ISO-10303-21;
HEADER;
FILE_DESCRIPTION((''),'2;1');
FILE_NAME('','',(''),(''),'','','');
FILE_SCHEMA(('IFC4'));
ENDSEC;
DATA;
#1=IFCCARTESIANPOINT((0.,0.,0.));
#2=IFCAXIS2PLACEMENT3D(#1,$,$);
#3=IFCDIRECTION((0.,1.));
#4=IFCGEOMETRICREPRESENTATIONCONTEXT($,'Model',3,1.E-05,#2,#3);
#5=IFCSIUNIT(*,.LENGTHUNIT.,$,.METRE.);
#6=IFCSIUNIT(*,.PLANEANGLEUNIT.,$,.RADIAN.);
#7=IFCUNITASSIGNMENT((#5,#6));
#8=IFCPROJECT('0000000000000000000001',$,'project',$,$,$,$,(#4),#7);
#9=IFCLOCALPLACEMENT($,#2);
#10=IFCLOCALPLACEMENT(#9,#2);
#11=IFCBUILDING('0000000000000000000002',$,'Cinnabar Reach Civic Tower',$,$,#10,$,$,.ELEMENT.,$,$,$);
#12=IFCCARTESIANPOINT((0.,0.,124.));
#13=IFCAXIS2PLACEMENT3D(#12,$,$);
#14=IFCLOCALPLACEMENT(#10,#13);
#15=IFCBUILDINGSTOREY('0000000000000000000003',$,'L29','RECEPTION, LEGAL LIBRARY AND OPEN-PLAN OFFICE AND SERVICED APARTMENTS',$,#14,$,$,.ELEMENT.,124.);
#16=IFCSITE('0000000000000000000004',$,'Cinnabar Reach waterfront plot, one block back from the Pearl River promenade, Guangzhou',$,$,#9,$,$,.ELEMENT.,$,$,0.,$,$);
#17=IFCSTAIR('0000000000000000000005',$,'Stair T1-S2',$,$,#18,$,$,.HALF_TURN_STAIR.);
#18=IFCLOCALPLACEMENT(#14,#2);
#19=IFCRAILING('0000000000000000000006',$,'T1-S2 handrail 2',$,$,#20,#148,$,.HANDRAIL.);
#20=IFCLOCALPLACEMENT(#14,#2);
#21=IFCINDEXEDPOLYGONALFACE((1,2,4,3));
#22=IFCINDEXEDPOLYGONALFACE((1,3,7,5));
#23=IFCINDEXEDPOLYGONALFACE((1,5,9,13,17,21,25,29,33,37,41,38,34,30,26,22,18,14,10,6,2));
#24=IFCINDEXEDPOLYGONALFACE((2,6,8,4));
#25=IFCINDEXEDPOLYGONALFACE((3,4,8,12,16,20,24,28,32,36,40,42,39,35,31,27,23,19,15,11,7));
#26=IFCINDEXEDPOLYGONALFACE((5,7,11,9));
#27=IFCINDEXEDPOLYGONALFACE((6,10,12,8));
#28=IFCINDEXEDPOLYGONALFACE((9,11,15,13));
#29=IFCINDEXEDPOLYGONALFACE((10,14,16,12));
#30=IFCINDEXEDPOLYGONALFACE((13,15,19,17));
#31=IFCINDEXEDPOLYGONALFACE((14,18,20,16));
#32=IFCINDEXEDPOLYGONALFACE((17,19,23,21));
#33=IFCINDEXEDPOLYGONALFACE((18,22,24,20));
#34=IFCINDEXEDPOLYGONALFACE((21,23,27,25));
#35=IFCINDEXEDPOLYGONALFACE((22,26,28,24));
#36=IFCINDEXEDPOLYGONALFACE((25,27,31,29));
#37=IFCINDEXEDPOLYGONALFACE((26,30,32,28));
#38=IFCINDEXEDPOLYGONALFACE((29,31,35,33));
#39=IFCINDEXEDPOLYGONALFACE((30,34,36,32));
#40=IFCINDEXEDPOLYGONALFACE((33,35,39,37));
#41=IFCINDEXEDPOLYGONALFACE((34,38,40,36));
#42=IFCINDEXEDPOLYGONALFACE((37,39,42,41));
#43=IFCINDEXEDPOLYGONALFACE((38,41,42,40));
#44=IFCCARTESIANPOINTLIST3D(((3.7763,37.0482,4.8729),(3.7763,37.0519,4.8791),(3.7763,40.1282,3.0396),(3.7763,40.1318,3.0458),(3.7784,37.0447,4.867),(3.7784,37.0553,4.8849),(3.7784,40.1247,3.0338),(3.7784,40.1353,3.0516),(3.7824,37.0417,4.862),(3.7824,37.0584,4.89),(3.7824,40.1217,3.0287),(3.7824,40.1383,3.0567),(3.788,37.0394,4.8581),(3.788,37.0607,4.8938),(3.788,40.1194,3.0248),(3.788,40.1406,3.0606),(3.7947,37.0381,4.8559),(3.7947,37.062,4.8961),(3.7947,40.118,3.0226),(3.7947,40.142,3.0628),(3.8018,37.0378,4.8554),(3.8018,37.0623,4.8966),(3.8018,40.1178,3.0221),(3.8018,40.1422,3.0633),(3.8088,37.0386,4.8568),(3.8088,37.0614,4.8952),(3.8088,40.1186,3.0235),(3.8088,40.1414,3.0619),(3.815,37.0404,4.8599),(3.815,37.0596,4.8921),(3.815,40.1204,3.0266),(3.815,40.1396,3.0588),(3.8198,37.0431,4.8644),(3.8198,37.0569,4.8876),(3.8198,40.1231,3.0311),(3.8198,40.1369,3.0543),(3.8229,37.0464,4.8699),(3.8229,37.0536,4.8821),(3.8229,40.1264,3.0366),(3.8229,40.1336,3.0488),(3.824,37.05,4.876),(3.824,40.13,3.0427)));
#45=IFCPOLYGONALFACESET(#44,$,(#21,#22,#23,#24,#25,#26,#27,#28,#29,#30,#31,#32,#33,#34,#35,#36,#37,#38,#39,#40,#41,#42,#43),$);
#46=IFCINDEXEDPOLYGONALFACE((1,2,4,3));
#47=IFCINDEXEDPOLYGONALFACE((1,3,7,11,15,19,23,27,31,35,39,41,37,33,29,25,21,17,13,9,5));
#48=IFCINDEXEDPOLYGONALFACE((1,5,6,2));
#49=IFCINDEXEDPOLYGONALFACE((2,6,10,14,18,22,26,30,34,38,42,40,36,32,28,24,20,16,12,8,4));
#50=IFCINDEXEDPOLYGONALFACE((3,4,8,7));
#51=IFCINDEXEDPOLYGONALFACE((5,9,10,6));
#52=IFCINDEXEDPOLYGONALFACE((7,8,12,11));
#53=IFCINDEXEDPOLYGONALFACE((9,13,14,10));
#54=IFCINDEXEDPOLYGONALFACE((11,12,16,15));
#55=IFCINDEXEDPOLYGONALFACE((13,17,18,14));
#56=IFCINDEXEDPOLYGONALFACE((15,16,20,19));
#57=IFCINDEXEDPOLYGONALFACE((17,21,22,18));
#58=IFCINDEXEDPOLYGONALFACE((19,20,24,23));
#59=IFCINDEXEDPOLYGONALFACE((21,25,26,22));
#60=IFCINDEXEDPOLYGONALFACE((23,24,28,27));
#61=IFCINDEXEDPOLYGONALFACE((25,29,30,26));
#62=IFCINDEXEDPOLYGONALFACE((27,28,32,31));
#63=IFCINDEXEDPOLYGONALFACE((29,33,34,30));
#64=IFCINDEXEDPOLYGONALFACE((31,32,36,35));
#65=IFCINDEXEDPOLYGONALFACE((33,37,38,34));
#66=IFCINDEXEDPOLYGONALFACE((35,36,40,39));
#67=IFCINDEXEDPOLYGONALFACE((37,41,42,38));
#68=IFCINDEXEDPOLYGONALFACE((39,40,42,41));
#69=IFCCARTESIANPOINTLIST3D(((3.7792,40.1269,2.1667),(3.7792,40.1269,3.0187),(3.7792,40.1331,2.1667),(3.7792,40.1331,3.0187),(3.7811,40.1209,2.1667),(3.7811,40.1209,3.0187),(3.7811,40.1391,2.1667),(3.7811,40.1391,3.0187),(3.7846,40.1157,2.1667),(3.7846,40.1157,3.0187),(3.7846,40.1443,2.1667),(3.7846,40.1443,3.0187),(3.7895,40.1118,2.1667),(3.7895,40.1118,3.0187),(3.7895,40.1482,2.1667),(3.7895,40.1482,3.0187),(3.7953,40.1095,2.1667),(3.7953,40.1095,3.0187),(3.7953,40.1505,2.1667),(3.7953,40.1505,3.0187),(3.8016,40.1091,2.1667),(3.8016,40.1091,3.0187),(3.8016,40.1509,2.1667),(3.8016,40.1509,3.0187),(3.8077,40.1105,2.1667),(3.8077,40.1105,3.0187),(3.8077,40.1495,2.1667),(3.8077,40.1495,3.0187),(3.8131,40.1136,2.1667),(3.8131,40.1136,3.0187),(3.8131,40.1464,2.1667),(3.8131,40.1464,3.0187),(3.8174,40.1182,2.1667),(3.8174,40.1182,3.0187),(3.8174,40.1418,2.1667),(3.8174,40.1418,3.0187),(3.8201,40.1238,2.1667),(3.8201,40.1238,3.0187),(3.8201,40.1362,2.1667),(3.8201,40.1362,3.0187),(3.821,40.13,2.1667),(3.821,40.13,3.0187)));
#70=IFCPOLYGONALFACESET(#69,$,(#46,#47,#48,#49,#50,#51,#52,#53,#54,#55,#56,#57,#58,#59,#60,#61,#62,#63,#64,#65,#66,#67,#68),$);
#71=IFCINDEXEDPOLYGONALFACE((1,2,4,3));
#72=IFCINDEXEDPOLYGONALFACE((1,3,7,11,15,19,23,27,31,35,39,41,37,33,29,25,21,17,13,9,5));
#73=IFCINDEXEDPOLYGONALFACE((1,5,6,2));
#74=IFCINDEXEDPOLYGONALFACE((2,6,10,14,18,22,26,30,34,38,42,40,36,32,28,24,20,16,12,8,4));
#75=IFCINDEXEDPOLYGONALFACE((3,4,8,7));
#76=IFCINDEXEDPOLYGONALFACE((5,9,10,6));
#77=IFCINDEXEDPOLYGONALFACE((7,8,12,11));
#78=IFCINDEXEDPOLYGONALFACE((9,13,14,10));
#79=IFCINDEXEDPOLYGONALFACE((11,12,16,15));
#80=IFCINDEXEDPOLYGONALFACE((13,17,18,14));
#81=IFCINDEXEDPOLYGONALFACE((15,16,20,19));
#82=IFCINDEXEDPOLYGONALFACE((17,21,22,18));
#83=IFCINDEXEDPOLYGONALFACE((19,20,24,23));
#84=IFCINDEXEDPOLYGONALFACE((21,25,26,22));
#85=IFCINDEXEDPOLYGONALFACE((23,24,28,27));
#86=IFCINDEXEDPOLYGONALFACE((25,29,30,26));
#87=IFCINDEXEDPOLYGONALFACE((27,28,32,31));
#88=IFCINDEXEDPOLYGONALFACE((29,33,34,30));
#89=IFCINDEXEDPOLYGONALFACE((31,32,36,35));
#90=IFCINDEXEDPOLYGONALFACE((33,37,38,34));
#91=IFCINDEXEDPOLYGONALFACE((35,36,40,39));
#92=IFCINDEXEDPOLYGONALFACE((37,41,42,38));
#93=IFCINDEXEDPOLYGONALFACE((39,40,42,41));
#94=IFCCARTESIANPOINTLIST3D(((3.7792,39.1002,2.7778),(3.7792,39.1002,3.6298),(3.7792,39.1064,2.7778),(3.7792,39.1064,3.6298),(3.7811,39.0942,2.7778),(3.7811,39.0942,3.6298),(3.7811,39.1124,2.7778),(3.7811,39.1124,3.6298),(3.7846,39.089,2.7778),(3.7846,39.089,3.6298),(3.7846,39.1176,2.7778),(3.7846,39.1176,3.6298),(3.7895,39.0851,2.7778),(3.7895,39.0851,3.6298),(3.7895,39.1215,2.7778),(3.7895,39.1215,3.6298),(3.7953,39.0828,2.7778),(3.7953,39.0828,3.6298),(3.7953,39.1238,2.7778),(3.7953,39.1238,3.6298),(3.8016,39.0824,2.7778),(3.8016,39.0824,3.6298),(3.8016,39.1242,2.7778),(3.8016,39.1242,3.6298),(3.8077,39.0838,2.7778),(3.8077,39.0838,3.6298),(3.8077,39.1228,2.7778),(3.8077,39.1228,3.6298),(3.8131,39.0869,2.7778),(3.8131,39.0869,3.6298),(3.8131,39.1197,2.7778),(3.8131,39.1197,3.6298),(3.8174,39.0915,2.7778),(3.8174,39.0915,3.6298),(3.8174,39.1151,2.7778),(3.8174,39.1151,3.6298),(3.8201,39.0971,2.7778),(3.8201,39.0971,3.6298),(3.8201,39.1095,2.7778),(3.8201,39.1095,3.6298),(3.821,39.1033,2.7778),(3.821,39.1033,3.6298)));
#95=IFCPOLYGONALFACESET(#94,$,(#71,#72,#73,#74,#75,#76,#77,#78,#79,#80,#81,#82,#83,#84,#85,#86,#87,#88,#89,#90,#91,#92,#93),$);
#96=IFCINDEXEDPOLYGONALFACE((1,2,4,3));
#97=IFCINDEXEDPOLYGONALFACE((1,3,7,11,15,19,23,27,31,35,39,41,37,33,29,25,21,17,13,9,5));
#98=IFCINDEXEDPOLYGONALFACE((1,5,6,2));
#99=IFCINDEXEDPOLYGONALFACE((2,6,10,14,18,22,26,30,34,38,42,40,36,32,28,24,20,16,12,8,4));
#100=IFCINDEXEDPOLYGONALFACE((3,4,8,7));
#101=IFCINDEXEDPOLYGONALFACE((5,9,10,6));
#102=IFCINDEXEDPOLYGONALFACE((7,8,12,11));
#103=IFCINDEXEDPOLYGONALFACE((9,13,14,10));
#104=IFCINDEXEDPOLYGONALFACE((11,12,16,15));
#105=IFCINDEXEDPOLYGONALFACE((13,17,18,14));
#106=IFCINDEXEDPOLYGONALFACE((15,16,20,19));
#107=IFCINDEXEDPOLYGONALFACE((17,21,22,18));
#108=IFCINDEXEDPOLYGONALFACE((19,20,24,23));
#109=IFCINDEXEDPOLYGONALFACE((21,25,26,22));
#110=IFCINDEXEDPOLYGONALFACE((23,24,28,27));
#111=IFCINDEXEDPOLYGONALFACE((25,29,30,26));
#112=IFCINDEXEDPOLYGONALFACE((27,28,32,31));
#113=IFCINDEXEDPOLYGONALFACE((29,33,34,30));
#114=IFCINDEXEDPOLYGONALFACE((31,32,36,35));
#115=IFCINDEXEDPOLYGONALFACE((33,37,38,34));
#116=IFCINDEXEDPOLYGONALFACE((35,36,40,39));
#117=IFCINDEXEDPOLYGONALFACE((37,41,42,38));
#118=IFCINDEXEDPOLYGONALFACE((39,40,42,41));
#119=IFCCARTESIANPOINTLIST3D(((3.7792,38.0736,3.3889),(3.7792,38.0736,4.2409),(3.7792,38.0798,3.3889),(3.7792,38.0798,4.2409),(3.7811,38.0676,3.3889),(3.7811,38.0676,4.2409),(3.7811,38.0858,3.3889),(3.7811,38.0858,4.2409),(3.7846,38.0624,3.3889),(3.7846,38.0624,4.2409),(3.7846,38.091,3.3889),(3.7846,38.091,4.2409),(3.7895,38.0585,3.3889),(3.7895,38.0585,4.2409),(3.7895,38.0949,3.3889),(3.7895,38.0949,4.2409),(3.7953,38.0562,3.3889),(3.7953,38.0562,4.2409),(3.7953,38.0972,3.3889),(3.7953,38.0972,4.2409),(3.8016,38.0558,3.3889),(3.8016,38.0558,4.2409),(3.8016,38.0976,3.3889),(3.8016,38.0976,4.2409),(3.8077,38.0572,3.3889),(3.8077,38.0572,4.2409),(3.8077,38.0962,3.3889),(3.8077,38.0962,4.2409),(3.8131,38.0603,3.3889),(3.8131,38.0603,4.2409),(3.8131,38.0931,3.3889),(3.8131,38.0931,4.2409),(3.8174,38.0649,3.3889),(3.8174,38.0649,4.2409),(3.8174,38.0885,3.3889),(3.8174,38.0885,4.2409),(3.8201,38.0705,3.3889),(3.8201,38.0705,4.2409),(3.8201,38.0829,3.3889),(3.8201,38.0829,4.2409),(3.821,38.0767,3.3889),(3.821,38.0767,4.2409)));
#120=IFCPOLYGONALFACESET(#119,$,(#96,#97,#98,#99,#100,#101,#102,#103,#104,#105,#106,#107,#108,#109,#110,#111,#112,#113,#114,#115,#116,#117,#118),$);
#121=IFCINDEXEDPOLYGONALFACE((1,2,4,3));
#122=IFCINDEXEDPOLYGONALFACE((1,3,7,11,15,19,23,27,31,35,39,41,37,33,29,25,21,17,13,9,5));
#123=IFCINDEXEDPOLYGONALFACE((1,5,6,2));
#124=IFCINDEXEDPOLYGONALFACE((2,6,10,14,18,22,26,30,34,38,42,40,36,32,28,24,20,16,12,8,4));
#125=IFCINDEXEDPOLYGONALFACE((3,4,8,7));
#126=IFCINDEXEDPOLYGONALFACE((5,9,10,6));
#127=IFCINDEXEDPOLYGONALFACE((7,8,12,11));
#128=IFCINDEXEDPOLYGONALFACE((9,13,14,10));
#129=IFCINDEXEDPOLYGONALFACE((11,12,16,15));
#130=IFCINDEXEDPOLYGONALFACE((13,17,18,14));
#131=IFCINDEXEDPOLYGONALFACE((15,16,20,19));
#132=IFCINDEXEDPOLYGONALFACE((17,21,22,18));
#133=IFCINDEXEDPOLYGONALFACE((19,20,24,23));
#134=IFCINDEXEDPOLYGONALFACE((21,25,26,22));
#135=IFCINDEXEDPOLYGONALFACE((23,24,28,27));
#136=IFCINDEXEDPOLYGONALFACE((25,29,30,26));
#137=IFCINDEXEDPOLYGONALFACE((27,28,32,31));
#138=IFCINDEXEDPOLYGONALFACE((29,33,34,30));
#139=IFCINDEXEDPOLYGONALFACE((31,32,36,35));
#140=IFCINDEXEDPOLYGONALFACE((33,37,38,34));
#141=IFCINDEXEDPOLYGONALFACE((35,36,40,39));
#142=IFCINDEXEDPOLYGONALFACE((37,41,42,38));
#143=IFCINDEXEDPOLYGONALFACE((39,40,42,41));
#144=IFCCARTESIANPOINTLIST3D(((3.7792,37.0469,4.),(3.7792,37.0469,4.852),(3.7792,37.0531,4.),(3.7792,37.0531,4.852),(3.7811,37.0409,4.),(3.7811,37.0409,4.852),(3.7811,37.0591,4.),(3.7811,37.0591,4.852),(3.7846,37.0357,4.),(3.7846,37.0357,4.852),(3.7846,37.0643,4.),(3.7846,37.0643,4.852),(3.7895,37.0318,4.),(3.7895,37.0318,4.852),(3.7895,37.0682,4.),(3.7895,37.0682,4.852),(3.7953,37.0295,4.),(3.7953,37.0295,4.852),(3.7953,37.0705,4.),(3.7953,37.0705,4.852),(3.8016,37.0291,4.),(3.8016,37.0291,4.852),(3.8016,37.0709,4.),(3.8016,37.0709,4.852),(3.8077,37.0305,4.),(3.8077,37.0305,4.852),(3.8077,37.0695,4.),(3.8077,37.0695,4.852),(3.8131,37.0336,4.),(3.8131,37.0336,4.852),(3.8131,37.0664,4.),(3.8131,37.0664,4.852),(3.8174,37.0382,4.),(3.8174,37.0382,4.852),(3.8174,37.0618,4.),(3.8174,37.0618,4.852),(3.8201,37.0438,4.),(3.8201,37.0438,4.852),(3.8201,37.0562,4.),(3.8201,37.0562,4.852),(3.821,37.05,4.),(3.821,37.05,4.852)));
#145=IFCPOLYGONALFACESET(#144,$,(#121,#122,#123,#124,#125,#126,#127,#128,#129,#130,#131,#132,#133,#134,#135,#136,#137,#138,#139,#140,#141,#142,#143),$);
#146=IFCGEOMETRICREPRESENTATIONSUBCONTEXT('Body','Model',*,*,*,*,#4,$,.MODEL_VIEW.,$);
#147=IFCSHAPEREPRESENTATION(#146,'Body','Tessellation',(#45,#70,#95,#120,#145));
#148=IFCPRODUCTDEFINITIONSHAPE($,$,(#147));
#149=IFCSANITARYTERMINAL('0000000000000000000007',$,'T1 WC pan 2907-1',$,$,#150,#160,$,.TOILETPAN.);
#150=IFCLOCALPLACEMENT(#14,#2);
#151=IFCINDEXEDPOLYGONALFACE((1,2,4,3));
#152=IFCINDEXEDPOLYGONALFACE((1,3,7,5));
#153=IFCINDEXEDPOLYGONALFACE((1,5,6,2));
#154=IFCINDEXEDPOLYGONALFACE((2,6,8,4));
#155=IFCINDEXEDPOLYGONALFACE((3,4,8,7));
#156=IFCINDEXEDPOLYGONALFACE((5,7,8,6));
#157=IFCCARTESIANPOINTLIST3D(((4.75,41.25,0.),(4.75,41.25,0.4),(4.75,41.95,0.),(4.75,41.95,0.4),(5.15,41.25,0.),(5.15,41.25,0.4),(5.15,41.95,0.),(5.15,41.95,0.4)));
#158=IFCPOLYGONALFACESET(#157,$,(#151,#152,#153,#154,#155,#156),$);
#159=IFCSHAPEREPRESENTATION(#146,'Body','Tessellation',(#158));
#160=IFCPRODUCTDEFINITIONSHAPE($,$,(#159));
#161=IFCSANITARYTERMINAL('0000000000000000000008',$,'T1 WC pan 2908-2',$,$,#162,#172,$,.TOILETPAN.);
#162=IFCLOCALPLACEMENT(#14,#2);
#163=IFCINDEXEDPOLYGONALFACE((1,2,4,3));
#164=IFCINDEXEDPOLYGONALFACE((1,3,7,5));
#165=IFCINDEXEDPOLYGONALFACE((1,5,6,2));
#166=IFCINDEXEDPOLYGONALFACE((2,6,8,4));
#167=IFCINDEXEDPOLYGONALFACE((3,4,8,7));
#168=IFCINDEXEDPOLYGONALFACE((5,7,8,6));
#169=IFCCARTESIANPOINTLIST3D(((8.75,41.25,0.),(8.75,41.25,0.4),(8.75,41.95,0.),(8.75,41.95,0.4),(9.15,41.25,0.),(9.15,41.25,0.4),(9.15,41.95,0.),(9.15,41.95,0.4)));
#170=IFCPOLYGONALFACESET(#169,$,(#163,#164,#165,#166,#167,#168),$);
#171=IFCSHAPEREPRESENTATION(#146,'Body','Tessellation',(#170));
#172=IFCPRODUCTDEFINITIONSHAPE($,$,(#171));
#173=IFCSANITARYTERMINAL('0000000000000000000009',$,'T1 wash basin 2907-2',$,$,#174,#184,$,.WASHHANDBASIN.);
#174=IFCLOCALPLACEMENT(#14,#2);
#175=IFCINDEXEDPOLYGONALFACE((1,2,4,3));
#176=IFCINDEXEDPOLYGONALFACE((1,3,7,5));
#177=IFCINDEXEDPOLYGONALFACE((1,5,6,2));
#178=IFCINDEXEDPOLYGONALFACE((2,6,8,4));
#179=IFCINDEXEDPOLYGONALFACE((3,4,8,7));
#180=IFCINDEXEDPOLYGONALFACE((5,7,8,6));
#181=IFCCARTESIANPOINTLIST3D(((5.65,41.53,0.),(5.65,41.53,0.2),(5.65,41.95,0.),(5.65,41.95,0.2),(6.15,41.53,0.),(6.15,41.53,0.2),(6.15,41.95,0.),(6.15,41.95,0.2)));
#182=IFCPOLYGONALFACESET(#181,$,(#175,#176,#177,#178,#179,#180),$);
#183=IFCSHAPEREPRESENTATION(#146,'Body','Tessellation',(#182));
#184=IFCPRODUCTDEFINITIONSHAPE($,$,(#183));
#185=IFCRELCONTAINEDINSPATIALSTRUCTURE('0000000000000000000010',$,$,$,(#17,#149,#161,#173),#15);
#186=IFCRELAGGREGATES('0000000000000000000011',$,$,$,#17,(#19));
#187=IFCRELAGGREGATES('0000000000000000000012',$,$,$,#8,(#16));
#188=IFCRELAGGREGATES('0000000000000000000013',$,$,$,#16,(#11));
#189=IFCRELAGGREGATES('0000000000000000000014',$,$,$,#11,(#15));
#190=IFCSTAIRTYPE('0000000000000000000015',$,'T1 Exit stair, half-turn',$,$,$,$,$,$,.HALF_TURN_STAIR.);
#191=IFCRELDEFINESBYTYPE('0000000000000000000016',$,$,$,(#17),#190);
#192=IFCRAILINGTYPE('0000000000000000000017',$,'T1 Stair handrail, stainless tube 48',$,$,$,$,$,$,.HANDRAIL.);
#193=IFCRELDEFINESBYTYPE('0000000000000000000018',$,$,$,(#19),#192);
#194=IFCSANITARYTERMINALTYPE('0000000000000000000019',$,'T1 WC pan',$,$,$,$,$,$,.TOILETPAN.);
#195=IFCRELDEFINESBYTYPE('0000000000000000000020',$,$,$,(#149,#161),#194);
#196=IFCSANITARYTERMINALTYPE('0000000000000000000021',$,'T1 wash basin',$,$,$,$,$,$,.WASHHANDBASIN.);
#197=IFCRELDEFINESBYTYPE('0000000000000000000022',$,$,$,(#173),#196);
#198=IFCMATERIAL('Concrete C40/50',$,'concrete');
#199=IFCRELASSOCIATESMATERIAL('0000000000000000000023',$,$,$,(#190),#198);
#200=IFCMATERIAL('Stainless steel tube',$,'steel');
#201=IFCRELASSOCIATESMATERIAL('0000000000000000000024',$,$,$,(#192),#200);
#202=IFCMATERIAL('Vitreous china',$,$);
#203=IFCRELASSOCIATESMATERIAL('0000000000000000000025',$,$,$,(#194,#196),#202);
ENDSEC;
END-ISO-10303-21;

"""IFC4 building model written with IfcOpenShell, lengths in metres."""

from ifc_helpers import new_model, si_unit, direction, frame, origin, origin_2d, place, context, subcontext, project, spatial, rectangle, circle, extrude, material, type_object, element, aggregate, save


model = new_model("IFC4")

# Units and contexts
model_context = context("Model", 3, precision=1e-05, world=origin(), true_north=direction((0.0, 1.0)))
body_context = subcontext(model_context, "Body", "Model", "MODEL_VIEW")
ifc_project = project(units=[si_unit("LENGTHUNIT", "METRE"), si_unit("PLANEANGLEUNIT", "RADIAN")], contexts=[model_context])

# Site, building, storey
site_placement = place(None, origin())
site = spatial("IfcSite", under=ifc_project, at=site_placement, Name="Cinnabar Reach waterfront plot, one block back from the Pearl River promenade, Guangzhou", CompositionType="ELEMENT", RefElevation=0.0)
building_placement = place(site_placement, origin())
building = spatial("IfcBuilding", under=site, at=building_placement, Name="Cinnabar Reach Civic Tower", CompositionType="ELEMENT")
storey_placement = place(building_placement, frame((0.0, 0.0, 124.0)))
storey = spatial("IfcBuildingStorey", under=building, at=storey_placement, Name="L29", Description="RECEPTION, LEGAL LIBRARY AND OPEN-PLAN OFFICE AND SERVICED APARTMENTS", CompositionType="ELEMENT", Elevation=124.0)

# Stair, railing
ifc_material_1 = material(Name="Concrete C40/50", Category="concrete")
stair_type = type_object("IfcStairType", Name="T1 Exit stair, half-turn", PredefinedType="HALF_TURN_STAIR", material=ifc_material_1)
stair_placement = place(storey_placement, origin())
stair = element("IfcStair", 1, at=stair_placement, inside=storey, type_object=stair_type, Name="Stair T1-S2", PredefinedType="HALF_TURN_STAIR")
ifc_material_2 = material(Name="Stainless steel tube", Category="steel")
railing_type = type_object("IfcRailingType", Name="T1 Stair handrail, stainless tube 48", PredefinedType="HANDRAIL", material=ifc_material_2)
railing_1_placement = place(storey_placement, frame((3.8, 40.13, 2.1667)))
railing_1 = element("IfcRailing", 2, at=railing_1_placement, type_object=railing_type, Name="T1-S2 handrail 2", PredefinedType="HANDRAIL", context=body_context, shape_type="SweptSolid", body=[
    extrude(circle(Radius=0.024, at=origin_2d()), frame((0.0, 0.0, 0.876), z_axis=(0.0, -0.859297, 0.511477), x_axis=(1.0, 0.0, 0.0)), (0.0, 0.0, 1.0), 3.5843),
    extrude(circle(Radius=0.021, at=origin_2d()), origin(), (0.0, 0.0, 1.0), 0.852),
    extrude(circle(Radius=0.021, at=origin_2d()), frame((0.0, -1.0267, 0.6111)), (0.0, 0.0, 1.0), 0.852),
    extrude(circle(Radius=0.021, at=origin_2d()), frame((0.0, -2.0533, 1.2222)), (0.0, 0.0, 1.0), 0.852),
    extrude(circle(Radius=0.021, at=origin_2d()), frame((0.0, -3.08, 1.8333)), (0.0, 0.0, 1.0), 0.852),
])
aggregate(stair, [railing_1])

# Sanitary terminals
ifc_material_3 = material(Name="Vitreous china")
sanitary_terminal_type_1 = type_object("IfcSanitaryTerminalType", Name="T1 WC pan", PredefinedType="TOILETPAN", material=ifc_material_3)
for number, where, z_axis, x_axis, name in (
    (3, (4.95, 41.6, 0.0), (0.0, 0.0, 1.0), (1.0, 0.0, 0.0), "T1 WC pan 2907-1"),
    (4, (8.95, 41.6, 0.0), (0.0, 0.0, 1.0), (1.0, 0.0, 0.0), "T1 WC pan 2908-2"),
):
    element("IfcSanitaryTerminal", number, at=place(storey_placement, frame(where, z_axis=z_axis, x_axis=x_axis)), inside=storey, type_object=sanitary_terminal_type_1, Name=name, PredefinedType="TOILETPAN", context=body_context, shape_type="SweptSolid", body=[
        extrude(rectangle(XDim=0.4, YDim=0.7, at=origin_2d()), origin(), (0.0, 0.0, 1.0), 0.4),
    ])
sanitary_terminal_type_2 = type_object("IfcSanitaryTerminalType", Name="T1 wash basin", PredefinedType="WASHHANDBASIN", material=ifc_material_3)
sanitary_terminal_placement = place(storey_placement, frame((5.9, 41.74, 0.0), z_axis=(0.0, 0.0, 1.0), x_axis=(1.0, 0.0, 0.0)))
element("IfcSanitaryTerminal", 5, at=sanitary_terminal_placement, inside=storey, type_object=sanitary_terminal_type_2, Name="T1 wash basin 2907-2", PredefinedType="WASHHANDBASIN", context=body_context, shape_type="SweptSolid", body=[
    extrude(rectangle(XDim=0.5, YDim=0.42, at=origin_2d()), origin(), (0.0, 0.0, 1.0), 0.2),
])

save(model, "model.ifc")
